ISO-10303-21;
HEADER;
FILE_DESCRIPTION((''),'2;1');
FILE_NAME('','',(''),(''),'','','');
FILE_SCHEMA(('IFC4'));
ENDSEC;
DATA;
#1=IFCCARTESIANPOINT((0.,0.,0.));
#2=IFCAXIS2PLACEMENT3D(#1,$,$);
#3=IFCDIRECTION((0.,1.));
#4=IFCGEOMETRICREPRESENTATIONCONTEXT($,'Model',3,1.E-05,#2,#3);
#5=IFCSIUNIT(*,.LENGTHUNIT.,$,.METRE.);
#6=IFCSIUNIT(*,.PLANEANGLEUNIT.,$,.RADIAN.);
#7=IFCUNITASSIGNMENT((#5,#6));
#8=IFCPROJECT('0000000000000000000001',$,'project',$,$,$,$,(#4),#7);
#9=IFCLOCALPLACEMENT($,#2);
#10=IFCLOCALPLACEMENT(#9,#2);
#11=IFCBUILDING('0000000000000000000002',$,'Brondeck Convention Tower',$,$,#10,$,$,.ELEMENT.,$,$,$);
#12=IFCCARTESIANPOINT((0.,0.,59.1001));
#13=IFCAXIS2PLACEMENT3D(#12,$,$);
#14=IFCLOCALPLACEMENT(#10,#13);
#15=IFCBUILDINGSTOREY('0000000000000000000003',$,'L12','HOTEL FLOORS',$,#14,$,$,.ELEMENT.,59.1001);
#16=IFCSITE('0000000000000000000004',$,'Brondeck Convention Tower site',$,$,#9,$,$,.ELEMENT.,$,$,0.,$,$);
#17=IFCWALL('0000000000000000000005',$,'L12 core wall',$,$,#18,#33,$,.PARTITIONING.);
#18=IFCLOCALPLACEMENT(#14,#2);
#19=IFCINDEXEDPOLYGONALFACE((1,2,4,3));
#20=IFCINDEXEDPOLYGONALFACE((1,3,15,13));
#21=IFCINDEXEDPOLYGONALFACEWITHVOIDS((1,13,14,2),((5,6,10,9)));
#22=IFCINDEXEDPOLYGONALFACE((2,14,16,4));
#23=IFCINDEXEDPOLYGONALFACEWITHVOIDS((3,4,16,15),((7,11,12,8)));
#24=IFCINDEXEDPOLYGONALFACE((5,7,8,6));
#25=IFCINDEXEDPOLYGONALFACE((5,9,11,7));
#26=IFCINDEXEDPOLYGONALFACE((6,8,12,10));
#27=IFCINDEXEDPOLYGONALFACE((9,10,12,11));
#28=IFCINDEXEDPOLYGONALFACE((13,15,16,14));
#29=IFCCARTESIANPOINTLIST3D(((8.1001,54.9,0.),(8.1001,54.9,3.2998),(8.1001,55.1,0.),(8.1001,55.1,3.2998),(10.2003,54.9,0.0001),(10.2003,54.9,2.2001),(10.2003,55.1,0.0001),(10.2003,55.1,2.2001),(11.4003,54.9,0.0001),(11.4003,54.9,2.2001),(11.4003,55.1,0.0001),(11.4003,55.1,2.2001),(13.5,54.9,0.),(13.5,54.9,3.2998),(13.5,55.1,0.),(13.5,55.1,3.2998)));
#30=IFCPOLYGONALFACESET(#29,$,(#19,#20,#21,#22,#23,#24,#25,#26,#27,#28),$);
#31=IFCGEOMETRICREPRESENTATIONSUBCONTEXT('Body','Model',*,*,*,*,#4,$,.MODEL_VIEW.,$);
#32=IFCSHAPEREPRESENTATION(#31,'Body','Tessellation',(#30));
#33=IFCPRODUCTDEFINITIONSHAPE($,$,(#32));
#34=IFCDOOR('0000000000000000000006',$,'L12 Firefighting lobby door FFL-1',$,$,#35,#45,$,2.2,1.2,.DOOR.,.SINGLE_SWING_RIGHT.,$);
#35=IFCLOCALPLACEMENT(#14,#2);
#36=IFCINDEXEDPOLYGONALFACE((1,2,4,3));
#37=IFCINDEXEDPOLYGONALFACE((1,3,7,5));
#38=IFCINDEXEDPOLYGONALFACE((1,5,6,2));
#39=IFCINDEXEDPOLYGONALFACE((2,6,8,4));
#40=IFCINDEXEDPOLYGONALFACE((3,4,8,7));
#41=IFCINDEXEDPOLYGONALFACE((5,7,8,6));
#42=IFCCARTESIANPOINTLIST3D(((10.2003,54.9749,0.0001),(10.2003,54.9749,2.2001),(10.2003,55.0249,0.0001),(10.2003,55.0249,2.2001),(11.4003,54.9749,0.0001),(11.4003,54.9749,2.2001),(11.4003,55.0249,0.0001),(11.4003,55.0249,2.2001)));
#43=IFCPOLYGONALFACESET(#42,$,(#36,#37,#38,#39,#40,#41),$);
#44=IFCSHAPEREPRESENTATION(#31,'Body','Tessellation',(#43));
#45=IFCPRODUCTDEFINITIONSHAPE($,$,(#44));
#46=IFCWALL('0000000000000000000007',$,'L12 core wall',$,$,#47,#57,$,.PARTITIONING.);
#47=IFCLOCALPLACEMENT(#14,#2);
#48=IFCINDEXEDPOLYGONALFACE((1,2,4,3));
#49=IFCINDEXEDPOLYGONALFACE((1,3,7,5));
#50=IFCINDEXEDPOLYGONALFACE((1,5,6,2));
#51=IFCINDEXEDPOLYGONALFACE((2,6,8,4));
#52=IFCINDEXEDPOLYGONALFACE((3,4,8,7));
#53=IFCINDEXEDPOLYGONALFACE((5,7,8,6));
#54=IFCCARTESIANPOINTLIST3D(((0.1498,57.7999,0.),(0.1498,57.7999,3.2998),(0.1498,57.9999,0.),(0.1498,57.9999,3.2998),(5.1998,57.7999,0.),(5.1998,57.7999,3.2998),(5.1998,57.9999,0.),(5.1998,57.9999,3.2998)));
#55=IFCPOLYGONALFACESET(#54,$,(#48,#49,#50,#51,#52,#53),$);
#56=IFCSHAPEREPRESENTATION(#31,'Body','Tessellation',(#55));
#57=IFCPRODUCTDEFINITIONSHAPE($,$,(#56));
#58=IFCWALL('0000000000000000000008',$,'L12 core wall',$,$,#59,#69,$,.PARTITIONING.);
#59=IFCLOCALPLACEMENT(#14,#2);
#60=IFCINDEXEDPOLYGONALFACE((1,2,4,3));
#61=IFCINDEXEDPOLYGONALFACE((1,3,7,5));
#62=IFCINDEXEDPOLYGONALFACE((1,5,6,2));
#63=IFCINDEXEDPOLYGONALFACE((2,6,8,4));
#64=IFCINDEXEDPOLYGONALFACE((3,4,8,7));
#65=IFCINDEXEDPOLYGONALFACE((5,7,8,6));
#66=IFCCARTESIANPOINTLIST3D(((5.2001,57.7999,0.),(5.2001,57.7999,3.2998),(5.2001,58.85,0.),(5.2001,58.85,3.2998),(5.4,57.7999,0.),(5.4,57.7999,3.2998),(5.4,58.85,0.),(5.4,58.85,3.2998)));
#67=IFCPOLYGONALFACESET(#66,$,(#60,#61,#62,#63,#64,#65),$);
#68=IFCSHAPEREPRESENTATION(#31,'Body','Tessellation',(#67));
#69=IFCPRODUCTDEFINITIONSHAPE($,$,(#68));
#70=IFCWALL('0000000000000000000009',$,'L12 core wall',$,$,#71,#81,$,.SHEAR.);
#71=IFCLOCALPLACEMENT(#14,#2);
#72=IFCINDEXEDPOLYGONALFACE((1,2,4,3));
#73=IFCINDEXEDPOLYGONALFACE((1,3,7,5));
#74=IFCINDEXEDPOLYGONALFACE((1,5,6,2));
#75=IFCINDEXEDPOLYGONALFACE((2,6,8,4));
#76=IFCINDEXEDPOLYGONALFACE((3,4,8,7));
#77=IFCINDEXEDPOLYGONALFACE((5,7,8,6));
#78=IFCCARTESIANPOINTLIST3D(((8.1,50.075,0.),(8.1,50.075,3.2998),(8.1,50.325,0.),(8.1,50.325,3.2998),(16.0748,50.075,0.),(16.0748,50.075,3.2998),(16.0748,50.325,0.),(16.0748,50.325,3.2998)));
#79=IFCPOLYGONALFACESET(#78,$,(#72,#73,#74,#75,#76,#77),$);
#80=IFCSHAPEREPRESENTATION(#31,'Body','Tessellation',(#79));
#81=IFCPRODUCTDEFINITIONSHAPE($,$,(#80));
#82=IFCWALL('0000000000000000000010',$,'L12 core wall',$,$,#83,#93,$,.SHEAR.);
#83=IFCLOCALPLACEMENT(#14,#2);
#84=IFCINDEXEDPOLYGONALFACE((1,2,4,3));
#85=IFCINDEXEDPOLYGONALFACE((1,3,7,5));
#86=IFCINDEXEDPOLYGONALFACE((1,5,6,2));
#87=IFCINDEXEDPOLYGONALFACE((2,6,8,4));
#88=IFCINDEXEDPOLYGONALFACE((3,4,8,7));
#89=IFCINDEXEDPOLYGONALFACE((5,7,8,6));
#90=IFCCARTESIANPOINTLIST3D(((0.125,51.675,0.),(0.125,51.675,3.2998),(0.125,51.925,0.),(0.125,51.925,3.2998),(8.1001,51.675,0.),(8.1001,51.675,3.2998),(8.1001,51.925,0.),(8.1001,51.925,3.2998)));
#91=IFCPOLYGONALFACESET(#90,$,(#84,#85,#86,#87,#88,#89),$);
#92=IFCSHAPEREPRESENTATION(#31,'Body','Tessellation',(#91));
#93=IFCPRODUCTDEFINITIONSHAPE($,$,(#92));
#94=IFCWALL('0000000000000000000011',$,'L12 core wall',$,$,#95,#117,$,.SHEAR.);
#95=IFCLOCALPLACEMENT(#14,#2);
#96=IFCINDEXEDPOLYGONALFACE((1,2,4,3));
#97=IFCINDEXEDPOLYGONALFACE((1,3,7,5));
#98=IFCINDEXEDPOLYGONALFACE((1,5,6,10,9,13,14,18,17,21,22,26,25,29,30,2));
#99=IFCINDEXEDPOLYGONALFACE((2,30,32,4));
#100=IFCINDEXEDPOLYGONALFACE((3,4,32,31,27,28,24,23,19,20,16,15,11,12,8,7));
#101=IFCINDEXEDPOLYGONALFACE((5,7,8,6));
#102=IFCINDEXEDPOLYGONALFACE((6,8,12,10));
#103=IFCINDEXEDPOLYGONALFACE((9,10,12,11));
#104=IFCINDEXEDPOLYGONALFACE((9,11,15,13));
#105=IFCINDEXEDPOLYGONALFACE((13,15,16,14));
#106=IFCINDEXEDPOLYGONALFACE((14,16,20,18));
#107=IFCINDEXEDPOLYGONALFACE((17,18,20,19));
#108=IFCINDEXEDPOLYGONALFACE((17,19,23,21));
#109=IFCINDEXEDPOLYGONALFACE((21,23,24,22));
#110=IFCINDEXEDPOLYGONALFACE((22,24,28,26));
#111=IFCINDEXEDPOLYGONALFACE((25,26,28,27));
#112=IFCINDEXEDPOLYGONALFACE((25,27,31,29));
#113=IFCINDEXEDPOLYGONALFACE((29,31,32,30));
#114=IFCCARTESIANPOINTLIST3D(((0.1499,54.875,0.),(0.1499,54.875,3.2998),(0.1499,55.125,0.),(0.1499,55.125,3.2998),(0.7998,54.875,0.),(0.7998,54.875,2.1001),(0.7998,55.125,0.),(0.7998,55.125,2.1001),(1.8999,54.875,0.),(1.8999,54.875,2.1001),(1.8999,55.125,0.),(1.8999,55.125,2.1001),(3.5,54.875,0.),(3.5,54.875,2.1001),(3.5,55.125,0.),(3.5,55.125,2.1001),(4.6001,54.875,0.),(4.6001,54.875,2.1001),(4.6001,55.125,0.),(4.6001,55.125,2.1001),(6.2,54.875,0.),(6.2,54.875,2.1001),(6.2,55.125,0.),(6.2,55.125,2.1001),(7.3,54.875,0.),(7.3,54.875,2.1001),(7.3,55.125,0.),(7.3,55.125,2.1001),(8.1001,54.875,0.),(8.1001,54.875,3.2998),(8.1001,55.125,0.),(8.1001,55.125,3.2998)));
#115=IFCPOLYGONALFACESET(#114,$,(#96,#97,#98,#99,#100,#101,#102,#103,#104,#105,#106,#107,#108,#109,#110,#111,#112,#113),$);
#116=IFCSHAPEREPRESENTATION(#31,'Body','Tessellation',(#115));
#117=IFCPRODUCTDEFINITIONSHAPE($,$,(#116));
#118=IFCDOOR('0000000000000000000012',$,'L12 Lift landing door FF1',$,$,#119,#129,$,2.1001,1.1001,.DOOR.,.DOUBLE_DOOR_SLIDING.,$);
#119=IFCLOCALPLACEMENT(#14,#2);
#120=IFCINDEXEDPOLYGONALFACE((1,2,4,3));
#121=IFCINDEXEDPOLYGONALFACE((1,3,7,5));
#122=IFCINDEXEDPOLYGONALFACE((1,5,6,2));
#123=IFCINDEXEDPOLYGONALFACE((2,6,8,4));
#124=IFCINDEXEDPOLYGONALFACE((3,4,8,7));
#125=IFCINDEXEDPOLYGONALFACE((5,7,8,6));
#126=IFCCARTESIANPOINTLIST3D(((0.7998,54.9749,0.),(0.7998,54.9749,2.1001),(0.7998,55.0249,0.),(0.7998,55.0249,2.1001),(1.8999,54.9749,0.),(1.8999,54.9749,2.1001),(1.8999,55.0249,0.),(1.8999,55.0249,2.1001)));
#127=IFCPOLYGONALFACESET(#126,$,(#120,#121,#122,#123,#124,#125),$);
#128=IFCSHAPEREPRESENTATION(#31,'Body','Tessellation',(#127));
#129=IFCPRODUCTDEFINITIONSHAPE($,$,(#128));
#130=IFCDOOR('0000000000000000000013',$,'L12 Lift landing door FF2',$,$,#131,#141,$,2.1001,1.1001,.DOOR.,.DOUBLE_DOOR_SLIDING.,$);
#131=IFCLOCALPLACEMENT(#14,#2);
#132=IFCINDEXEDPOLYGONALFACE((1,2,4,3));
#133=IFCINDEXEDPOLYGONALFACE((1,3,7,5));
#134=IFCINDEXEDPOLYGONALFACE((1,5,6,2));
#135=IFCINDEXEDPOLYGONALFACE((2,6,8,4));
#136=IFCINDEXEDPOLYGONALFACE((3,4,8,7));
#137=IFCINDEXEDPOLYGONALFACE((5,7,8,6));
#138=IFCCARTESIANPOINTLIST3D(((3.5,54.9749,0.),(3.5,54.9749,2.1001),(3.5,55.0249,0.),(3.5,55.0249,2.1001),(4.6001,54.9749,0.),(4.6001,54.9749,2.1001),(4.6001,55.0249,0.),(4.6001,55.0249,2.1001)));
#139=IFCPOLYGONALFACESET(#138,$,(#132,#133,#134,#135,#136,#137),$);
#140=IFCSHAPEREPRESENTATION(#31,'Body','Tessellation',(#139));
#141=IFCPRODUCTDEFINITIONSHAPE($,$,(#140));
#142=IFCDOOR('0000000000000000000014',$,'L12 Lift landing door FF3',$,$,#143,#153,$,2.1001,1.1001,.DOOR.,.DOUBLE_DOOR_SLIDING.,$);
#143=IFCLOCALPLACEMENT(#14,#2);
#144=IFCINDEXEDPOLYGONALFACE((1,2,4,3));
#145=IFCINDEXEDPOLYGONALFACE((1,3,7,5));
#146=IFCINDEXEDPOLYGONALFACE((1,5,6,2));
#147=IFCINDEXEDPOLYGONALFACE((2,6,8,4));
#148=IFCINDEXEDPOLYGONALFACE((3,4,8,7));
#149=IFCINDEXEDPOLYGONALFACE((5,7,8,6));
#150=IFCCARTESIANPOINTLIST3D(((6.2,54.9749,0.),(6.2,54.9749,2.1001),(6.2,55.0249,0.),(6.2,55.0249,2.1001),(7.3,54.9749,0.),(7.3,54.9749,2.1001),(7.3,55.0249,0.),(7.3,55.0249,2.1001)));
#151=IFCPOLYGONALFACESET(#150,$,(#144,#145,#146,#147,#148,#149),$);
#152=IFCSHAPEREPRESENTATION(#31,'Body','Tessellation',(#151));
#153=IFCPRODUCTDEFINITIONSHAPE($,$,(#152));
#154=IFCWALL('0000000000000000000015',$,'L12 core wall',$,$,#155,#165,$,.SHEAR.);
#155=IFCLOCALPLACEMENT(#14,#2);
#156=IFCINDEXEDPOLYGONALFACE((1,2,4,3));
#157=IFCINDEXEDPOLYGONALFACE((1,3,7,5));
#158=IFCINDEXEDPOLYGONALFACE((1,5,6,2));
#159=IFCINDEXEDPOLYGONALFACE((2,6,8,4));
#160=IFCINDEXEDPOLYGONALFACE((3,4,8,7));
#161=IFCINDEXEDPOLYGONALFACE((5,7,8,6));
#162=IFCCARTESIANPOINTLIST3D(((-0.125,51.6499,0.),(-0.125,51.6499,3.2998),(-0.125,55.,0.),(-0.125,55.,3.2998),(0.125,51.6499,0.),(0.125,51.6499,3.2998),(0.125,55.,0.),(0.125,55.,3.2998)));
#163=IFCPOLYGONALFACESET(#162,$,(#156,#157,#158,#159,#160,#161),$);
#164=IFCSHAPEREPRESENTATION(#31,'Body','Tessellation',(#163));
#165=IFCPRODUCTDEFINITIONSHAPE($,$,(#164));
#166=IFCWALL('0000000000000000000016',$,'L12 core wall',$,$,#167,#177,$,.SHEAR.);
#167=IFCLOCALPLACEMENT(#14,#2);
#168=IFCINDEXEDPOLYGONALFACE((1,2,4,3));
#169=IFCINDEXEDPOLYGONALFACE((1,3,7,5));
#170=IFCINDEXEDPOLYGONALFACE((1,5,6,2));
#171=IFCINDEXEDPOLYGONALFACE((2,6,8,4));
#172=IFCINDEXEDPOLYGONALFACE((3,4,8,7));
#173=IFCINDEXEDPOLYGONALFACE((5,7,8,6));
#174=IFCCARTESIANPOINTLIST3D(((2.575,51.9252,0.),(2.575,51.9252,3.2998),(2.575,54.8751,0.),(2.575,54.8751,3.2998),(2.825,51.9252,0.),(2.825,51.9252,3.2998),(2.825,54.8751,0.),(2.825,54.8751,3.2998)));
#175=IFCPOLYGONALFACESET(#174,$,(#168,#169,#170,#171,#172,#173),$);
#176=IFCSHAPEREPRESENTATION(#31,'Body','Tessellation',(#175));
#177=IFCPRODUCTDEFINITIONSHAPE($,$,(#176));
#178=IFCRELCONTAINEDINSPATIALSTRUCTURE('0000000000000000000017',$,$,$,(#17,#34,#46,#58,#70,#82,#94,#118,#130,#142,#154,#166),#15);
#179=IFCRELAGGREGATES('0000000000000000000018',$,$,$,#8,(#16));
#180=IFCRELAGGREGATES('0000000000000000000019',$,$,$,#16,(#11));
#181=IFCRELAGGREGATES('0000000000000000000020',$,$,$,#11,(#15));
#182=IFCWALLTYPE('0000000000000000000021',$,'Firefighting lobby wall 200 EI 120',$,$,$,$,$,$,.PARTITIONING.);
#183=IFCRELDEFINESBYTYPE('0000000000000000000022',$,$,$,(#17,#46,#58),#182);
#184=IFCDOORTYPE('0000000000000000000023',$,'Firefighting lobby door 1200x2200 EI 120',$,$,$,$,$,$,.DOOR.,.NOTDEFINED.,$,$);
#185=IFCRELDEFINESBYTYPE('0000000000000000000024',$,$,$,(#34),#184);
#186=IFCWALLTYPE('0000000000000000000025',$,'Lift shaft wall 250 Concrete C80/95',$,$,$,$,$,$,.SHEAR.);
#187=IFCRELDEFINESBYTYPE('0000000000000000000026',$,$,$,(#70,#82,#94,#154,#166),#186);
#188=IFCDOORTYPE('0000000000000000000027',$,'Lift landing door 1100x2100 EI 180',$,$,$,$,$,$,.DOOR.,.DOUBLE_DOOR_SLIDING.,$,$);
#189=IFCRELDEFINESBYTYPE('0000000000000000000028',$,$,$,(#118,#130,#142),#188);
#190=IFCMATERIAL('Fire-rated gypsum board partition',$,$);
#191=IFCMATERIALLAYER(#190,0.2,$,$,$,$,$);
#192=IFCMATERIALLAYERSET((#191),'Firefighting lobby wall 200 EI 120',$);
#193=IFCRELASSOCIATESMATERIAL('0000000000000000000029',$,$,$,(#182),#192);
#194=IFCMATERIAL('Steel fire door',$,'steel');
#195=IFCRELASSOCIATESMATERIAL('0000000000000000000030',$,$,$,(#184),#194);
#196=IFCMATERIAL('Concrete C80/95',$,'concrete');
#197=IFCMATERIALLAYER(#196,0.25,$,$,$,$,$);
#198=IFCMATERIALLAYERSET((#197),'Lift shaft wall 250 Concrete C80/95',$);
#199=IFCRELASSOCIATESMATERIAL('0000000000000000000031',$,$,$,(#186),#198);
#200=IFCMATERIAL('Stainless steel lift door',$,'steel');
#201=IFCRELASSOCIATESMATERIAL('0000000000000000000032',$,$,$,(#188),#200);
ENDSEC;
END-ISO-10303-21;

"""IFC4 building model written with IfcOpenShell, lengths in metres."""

from ifc_helpers import new_model, si_unit, direction, frame, frame_2d, origin, place, context, subcontext, project, spatial, rectangle, extrude, material, layer, layer_set, type_object, element, fill, save


model = new_model("IFC4")

# Units and contexts
model_context = context("Model", 3, precision=1e-05, world=origin(), true_north=direction((0.0, 1.0)))
body_context = subcontext(model_context, "Body", "Model", "MODEL_VIEW")
ifc_project = project(units=[si_unit("LENGTHUNIT", "METRE"), si_unit("PLANEANGLEUNIT", "RADIAN")], contexts=[model_context])

# Site, building, storey
site_placement = place(None, origin())
site = spatial("IfcSite", under=ifc_project, at=site_placement, Name="Brondeck Convention Tower site", CompositionType="ELEMENT", RefElevation=0.0)
building_placement = place(site_placement, origin())
building = spatial("IfcBuilding", under=site, at=building_placement, Name="Brondeck Convention Tower", CompositionType="ELEMENT")
storey_placement = place(building_placement, frame((0.0, 0.0, 59.1001)))
storey = spatial("IfcBuildingStorey", under=building, at=storey_placement, Name="L12", Description="HOTEL FLOORS", CompositionType="ELEMENT", Elevation=59.1001)

# Shared definitions
ifc_material_1 = material(Name="Concrete C80/95", Category="concrete")

# Shared definitions
ifc_material_2 = material(Name="Fire-rated gypsum board partition")

# Wall, opening, door
ifc_layer_1 = layer(ifc_material_2, 0.2)
ifc_layer_set_1 = layer_set([ifc_layer_1], Name="Firefighting lobby wall 200 EI 120")
wall_type_1 = type_object("IfcWallType", Name="Firefighting lobby wall 200 EI 120", PredefinedType="PARTITIONING", material=ifc_layer_set_1)
wall_1_placement = place(storey_placement, frame((8.1001, 55.0, 0.0), z_axis=(0.0, 0.0, 1.0), x_axis=(1.0, 0.0, 0.0)))
wall_1 = element("IfcWall", 1, at=wall_1_placement, inside=storey, type_object=wall_type_1, Name="L12 core wall", PredefinedType="PARTITIONING", context=body_context, shape_type="SweptSolid", body=[
    extrude(rectangle(XDim=5.3999, YDim=0.2, at=frame_2d((2.7, 0.0))), origin(), (0.0, 0.0, 1.0), 3.2998),
])
opening_1_placement = place(wall_1_placement, frame((2.1001, 0.0, 0.0)))
opening_1 = element("IfcOpeningElement", 2, at=opening_1_placement, cuts=wall_1, PredefinedType="OPENING", context=body_context, shape_type="SweptSolid", body=[
    extrude(rectangle(XDim=1.2, YDim=2.2, at=frame_2d((0.6001, 1.1001))), frame((0.0, 0.1099, 0.0), z_axis=(0.0, -1.0, 0.0), x_axis=(1.0, 0.0, 0.0)), (0.0, 0.0, 1.0), 0.22),
])
ifc_material_3 = material(Name="Steel fire door", Category="steel")
door_type_1 = type_object("IfcDoorType", Name="Firefighting lobby door 1200x2200 EI 120", OperationType="NOTDEFINED", PredefinedType="DOOR", material=ifc_material_3)
door_1_placement = place(opening_1_placement, origin())
door_1 = element("IfcDoor", 3, at=door_1_placement, inside=storey, type_object=door_type_1, Name="L12 Firefighting lobby door FFL-1", OperationType="SINGLE_SWING_RIGHT", OverallHeight=2.2, OverallWidth=1.2, PredefinedType="DOOR", context=body_context, shape_type="SweptSolid", body=[
    extrude(rectangle(XDim=1.2, YDim=2.2, at=frame_2d((0.6001, 1.1001))), frame((0.0, 0.0249, 0.0), z_axis=(0.0, -1.0, 0.0), x_axis=(1.0, 0.0, 0.0)), (0.0, 0.0, 1.0), 0.05),
])
fill(opening_1, door_1)

# Walls
wall_2_placement = place(storey_placement, frame((0.1499, 57.8999, 0.0), z_axis=(0.0, 0.0, 1.0), x_axis=(1.0, 0.0, 0.0)))
element("IfcWall", 4, at=wall_2_placement, inside=storey, type_object=wall_type_1, Name="L12 core wall", PredefinedType="PARTITIONING", context=body_context, shape_type="SweptSolid", body=[
    extrude(rectangle(XDim=5.05, YDim=0.2, at=frame_2d((2.5249, 0.0))), origin(), (0.0, 0.0, 1.0), 3.2998),
])
wall_3_placement = place(storey_placement, frame((5.3, 57.8, 0.0), z_axis=(0.0, 0.0, 1.0), x_axis=(0.0, 1.0, 0.0)))
element("IfcWall", 5, at=wall_3_placement, inside=storey, type_object=wall_type_1, Name="L12 core wall", PredefinedType="PARTITIONING", context=body_context, shape_type="SweptSolid", body=[
    extrude(rectangle(XDim=1.05, YDim=0.2, at=frame_2d((0.5249, 0.0))), origin(), (0.0, 0.0, 1.0), 3.2998),
])
ifc_layer_2 = layer(ifc_material_1, 0.25)
ifc_layer_set_2 = layer_set([ifc_layer_2], Name="Lift shaft wall 250 Concrete C80/95")
wall_type_2 = type_object("IfcWallType", Name="Lift shaft wall 250 Concrete C80/95", PredefinedType="SHEAR", material=ifc_layer_set_2)
wall_4_placement = place(storey_placement, frame((8.1001, 50.2, 0.0), z_axis=(0.0, 0.0, 1.0), x_axis=(1.0, 0.0, 0.0)))
element("IfcWall", 6, at=wall_4_placement, inside=storey, type_object=wall_type_2, Name="L12 core wall", PredefinedType="SHEAR", context=body_context, shape_type="SweptSolid", body=[
    extrude(rectangle(XDim=7.9749, YDim=0.25, at=frame_2d((3.9873, 0.0))), origin(), (0.0, 0.0, 1.0), 3.2998),
])
wall_5_placement = place(storey_placement, frame((0.125, 51.8, 0.0), z_axis=(0.0, 0.0, 1.0), x_axis=(1.0, 0.0, 0.0)))
element("IfcWall", 7, at=wall_5_placement, inside=storey, type_object=wall_type_2, Name="L12 core wall", PredefinedType="SHEAR", context=body_context, shape_type="SweptSolid", body=[
    extrude(rectangle(XDim=7.9751, YDim=0.25, at=frame_2d((3.9875, 0.0))), origin(), (0.0, 0.0, 1.0), 3.2998),
])

# Wall, openings, doors
wall_6_placement = place(storey_placement, frame((0.1499, 55.0, 0.0), z_axis=(0.0, 0.0, 1.0), x_axis=(1.0, 0.0, 0.0)))
wall_6 = element("IfcWall", 8, at=wall_6_placement, inside=storey, type_object=wall_type_2, Name="L12 core wall", PredefinedType="SHEAR", context=body_context, shape_type="SweptSolid", body=[
    extrude(rectangle(XDim=7.9502, YDim=0.25, at=frame_2d((3.9751, 0.0))), origin(), (0.0, 0.0, 1.0), 3.2998),
])
opening_2_placement = place(wall_6_placement, frame((0.6499, 0.0, 0.0)))
opening_2 = element("IfcOpeningElement", 9, at=opening_2_placement, cuts=wall_6, PredefinedType="OPENING", context=body_context, shape_type="SweptSolid", body=[
    extrude(rectangle(XDim=1.1001, YDim=2.1001, at=frame_2d((0.55, 1.05))), frame((0.0, 0.135, 0.0), z_axis=(0.0, -1.0, 0.0), x_axis=(1.0, 0.0, 0.0)), (0.0, 0.0, 1.0), 0.27),
])
opening_3_placement = place(wall_6_placement, frame((3.3501, 0.0, 0.0)))
opening_3 = element("IfcOpeningElement", 10, at=opening_3_placement, cuts=wall_6, PredefinedType="OPENING", context=body_context, shape_type="SweptSolid", body=[
    extrude(rectangle(XDim=1.1001, YDim=2.1001, at=frame_2d((0.55, 1.05))), frame((0.0, 0.135, 0.0), z_axis=(0.0, -1.0, 0.0), x_axis=(1.0, 0.0, 0.0)), (0.0, 0.0, 1.0), 0.27),
])
opening_4_placement = place(wall_6_placement, frame((6.05, 0.0, 0.0)))
opening_4 = element("IfcOpeningElement", 11, at=opening_4_placement, cuts=wall_6, PredefinedType="OPENING", context=body_context, shape_type="SweptSolid", body=[
    extrude(rectangle(XDim=1.1001, YDim=2.1001, at=frame_2d((0.55, 1.05))), frame((0.0, 0.135, 0.0), z_axis=(0.0, -1.0, 0.0), x_axis=(1.0, 0.0, 0.0)), (0.0, 0.0, 1.0), 0.27),
])
ifc_material_4 = material(Name="Stainless steel lift door", Category="steel")
door_type_2 = type_object("IfcDoorType", Name="Lift landing door 1100x2100 EI 180", OperationType="DOUBLE_DOOR_SLIDING", PredefinedType="DOOR", material=ifc_material_4)
door_2_placement = place(opening_2_placement, origin())
door_2 = element("IfcDoor", 12, at=door_2_placement, inside=storey, type_object=door_type_2, Name="L12 Lift landing door FF1", OperationType="DOUBLE_DOOR_SLIDING", OverallHeight=2.1001, OverallWidth=1.1001, PredefinedType="DOOR", context=body_context, shape_type="SweptSolid", body=[
    extrude(rectangle(XDim=1.1001, YDim=2.1001, at=frame_2d((0.55, 1.05))), frame((0.0, 0.0249, 0.0), z_axis=(0.0, -1.0, 0.0), x_axis=(1.0, 0.0, 0.0)), (0.0, 0.0, 1.0), 0.05),
])
fill(opening_2, door_2)
door_3_placement = place(opening_3_placement, origin())
door_3 = element("IfcDoor", 13, at=door_3_placement, inside=storey, type_object=door_type_2, Name="L12 Lift landing door FF2", OperationType="DOUBLE_DOOR_SLIDING", OverallHeight=2.1001, OverallWidth=1.1001, PredefinedType="DOOR", context=body_context, shape_type="SweptSolid", body=[
    extrude(rectangle(XDim=1.1001, YDim=2.1001, at=frame_2d((0.55, 1.05))), frame((0.0, 0.0249, 0.0), z_axis=(0.0, -1.0, 0.0), x_axis=(1.0, 0.0, 0.0)), (0.0, 0.0, 1.0), 0.05),
])
fill(opening_3, door_3)
door_4_placement = place(opening_4_placement, origin())
door_4 = element("IfcDoor", 14, at=door_4_placement, inside=storey, type_object=door_type_2, Name="L12 Lift landing door FF3", OperationType="DOUBLE_DOOR_SLIDING", OverallHeight=2.1001, OverallWidth=1.1001, PredefinedType="DOOR", context=body_context, shape_type="SweptSolid", body=[
    extrude(rectangle(XDim=1.1001, YDim=2.1001, at=frame_2d((0.55, 1.05))), frame((0.0, 0.0249, 0.0), z_axis=(0.0, -1.0, 0.0), x_axis=(1.0, 0.0, 0.0)), (0.0, 0.0, 1.0), 0.05),
])
fill(opening_4, door_4)

# Walls
wall_7_placement = place(storey_placement, frame((0.0, 51.6499, 0.0), z_axis=(0.0, 0.0, 1.0), x_axis=(0.0, 1.0, 0.0)))
element("IfcWall", 15, at=wall_7_placement, inside=storey, type_object=wall_type_2, Name="L12 core wall", PredefinedType="SHEAR", context=body_context, shape_type="SweptSolid", body=[
    extrude(rectangle(XDim=3.3501, YDim=0.25, at=frame_2d((1.675, 0.0))), origin(), (0.0, 0.0, 1.0), 3.2998),
])
for number, where, z_axis, x_axis, name in (
    (16, (2.7, 51.925, 0.0), (0.0, 0.0, 1.0), (0.0, 1.0, 0.0), "L12 core wall"),
):
    element("IfcWall", number, at=place(storey_placement, frame(where, z_axis=z_axis, x_axis=x_axis)), inside=storey, type_object=wall_type_2, Name=name, PredefinedType="SHEAR", context=body_context, shape_type="SweptSolid", body=[
        extrude(rectangle(XDim=2.95, YDim=0.25, at=frame_2d((1.4751, 0.0))), origin(), (0.0, 0.0, 1.0), 3.2998),
    ])

save(model, "model.ifc")
